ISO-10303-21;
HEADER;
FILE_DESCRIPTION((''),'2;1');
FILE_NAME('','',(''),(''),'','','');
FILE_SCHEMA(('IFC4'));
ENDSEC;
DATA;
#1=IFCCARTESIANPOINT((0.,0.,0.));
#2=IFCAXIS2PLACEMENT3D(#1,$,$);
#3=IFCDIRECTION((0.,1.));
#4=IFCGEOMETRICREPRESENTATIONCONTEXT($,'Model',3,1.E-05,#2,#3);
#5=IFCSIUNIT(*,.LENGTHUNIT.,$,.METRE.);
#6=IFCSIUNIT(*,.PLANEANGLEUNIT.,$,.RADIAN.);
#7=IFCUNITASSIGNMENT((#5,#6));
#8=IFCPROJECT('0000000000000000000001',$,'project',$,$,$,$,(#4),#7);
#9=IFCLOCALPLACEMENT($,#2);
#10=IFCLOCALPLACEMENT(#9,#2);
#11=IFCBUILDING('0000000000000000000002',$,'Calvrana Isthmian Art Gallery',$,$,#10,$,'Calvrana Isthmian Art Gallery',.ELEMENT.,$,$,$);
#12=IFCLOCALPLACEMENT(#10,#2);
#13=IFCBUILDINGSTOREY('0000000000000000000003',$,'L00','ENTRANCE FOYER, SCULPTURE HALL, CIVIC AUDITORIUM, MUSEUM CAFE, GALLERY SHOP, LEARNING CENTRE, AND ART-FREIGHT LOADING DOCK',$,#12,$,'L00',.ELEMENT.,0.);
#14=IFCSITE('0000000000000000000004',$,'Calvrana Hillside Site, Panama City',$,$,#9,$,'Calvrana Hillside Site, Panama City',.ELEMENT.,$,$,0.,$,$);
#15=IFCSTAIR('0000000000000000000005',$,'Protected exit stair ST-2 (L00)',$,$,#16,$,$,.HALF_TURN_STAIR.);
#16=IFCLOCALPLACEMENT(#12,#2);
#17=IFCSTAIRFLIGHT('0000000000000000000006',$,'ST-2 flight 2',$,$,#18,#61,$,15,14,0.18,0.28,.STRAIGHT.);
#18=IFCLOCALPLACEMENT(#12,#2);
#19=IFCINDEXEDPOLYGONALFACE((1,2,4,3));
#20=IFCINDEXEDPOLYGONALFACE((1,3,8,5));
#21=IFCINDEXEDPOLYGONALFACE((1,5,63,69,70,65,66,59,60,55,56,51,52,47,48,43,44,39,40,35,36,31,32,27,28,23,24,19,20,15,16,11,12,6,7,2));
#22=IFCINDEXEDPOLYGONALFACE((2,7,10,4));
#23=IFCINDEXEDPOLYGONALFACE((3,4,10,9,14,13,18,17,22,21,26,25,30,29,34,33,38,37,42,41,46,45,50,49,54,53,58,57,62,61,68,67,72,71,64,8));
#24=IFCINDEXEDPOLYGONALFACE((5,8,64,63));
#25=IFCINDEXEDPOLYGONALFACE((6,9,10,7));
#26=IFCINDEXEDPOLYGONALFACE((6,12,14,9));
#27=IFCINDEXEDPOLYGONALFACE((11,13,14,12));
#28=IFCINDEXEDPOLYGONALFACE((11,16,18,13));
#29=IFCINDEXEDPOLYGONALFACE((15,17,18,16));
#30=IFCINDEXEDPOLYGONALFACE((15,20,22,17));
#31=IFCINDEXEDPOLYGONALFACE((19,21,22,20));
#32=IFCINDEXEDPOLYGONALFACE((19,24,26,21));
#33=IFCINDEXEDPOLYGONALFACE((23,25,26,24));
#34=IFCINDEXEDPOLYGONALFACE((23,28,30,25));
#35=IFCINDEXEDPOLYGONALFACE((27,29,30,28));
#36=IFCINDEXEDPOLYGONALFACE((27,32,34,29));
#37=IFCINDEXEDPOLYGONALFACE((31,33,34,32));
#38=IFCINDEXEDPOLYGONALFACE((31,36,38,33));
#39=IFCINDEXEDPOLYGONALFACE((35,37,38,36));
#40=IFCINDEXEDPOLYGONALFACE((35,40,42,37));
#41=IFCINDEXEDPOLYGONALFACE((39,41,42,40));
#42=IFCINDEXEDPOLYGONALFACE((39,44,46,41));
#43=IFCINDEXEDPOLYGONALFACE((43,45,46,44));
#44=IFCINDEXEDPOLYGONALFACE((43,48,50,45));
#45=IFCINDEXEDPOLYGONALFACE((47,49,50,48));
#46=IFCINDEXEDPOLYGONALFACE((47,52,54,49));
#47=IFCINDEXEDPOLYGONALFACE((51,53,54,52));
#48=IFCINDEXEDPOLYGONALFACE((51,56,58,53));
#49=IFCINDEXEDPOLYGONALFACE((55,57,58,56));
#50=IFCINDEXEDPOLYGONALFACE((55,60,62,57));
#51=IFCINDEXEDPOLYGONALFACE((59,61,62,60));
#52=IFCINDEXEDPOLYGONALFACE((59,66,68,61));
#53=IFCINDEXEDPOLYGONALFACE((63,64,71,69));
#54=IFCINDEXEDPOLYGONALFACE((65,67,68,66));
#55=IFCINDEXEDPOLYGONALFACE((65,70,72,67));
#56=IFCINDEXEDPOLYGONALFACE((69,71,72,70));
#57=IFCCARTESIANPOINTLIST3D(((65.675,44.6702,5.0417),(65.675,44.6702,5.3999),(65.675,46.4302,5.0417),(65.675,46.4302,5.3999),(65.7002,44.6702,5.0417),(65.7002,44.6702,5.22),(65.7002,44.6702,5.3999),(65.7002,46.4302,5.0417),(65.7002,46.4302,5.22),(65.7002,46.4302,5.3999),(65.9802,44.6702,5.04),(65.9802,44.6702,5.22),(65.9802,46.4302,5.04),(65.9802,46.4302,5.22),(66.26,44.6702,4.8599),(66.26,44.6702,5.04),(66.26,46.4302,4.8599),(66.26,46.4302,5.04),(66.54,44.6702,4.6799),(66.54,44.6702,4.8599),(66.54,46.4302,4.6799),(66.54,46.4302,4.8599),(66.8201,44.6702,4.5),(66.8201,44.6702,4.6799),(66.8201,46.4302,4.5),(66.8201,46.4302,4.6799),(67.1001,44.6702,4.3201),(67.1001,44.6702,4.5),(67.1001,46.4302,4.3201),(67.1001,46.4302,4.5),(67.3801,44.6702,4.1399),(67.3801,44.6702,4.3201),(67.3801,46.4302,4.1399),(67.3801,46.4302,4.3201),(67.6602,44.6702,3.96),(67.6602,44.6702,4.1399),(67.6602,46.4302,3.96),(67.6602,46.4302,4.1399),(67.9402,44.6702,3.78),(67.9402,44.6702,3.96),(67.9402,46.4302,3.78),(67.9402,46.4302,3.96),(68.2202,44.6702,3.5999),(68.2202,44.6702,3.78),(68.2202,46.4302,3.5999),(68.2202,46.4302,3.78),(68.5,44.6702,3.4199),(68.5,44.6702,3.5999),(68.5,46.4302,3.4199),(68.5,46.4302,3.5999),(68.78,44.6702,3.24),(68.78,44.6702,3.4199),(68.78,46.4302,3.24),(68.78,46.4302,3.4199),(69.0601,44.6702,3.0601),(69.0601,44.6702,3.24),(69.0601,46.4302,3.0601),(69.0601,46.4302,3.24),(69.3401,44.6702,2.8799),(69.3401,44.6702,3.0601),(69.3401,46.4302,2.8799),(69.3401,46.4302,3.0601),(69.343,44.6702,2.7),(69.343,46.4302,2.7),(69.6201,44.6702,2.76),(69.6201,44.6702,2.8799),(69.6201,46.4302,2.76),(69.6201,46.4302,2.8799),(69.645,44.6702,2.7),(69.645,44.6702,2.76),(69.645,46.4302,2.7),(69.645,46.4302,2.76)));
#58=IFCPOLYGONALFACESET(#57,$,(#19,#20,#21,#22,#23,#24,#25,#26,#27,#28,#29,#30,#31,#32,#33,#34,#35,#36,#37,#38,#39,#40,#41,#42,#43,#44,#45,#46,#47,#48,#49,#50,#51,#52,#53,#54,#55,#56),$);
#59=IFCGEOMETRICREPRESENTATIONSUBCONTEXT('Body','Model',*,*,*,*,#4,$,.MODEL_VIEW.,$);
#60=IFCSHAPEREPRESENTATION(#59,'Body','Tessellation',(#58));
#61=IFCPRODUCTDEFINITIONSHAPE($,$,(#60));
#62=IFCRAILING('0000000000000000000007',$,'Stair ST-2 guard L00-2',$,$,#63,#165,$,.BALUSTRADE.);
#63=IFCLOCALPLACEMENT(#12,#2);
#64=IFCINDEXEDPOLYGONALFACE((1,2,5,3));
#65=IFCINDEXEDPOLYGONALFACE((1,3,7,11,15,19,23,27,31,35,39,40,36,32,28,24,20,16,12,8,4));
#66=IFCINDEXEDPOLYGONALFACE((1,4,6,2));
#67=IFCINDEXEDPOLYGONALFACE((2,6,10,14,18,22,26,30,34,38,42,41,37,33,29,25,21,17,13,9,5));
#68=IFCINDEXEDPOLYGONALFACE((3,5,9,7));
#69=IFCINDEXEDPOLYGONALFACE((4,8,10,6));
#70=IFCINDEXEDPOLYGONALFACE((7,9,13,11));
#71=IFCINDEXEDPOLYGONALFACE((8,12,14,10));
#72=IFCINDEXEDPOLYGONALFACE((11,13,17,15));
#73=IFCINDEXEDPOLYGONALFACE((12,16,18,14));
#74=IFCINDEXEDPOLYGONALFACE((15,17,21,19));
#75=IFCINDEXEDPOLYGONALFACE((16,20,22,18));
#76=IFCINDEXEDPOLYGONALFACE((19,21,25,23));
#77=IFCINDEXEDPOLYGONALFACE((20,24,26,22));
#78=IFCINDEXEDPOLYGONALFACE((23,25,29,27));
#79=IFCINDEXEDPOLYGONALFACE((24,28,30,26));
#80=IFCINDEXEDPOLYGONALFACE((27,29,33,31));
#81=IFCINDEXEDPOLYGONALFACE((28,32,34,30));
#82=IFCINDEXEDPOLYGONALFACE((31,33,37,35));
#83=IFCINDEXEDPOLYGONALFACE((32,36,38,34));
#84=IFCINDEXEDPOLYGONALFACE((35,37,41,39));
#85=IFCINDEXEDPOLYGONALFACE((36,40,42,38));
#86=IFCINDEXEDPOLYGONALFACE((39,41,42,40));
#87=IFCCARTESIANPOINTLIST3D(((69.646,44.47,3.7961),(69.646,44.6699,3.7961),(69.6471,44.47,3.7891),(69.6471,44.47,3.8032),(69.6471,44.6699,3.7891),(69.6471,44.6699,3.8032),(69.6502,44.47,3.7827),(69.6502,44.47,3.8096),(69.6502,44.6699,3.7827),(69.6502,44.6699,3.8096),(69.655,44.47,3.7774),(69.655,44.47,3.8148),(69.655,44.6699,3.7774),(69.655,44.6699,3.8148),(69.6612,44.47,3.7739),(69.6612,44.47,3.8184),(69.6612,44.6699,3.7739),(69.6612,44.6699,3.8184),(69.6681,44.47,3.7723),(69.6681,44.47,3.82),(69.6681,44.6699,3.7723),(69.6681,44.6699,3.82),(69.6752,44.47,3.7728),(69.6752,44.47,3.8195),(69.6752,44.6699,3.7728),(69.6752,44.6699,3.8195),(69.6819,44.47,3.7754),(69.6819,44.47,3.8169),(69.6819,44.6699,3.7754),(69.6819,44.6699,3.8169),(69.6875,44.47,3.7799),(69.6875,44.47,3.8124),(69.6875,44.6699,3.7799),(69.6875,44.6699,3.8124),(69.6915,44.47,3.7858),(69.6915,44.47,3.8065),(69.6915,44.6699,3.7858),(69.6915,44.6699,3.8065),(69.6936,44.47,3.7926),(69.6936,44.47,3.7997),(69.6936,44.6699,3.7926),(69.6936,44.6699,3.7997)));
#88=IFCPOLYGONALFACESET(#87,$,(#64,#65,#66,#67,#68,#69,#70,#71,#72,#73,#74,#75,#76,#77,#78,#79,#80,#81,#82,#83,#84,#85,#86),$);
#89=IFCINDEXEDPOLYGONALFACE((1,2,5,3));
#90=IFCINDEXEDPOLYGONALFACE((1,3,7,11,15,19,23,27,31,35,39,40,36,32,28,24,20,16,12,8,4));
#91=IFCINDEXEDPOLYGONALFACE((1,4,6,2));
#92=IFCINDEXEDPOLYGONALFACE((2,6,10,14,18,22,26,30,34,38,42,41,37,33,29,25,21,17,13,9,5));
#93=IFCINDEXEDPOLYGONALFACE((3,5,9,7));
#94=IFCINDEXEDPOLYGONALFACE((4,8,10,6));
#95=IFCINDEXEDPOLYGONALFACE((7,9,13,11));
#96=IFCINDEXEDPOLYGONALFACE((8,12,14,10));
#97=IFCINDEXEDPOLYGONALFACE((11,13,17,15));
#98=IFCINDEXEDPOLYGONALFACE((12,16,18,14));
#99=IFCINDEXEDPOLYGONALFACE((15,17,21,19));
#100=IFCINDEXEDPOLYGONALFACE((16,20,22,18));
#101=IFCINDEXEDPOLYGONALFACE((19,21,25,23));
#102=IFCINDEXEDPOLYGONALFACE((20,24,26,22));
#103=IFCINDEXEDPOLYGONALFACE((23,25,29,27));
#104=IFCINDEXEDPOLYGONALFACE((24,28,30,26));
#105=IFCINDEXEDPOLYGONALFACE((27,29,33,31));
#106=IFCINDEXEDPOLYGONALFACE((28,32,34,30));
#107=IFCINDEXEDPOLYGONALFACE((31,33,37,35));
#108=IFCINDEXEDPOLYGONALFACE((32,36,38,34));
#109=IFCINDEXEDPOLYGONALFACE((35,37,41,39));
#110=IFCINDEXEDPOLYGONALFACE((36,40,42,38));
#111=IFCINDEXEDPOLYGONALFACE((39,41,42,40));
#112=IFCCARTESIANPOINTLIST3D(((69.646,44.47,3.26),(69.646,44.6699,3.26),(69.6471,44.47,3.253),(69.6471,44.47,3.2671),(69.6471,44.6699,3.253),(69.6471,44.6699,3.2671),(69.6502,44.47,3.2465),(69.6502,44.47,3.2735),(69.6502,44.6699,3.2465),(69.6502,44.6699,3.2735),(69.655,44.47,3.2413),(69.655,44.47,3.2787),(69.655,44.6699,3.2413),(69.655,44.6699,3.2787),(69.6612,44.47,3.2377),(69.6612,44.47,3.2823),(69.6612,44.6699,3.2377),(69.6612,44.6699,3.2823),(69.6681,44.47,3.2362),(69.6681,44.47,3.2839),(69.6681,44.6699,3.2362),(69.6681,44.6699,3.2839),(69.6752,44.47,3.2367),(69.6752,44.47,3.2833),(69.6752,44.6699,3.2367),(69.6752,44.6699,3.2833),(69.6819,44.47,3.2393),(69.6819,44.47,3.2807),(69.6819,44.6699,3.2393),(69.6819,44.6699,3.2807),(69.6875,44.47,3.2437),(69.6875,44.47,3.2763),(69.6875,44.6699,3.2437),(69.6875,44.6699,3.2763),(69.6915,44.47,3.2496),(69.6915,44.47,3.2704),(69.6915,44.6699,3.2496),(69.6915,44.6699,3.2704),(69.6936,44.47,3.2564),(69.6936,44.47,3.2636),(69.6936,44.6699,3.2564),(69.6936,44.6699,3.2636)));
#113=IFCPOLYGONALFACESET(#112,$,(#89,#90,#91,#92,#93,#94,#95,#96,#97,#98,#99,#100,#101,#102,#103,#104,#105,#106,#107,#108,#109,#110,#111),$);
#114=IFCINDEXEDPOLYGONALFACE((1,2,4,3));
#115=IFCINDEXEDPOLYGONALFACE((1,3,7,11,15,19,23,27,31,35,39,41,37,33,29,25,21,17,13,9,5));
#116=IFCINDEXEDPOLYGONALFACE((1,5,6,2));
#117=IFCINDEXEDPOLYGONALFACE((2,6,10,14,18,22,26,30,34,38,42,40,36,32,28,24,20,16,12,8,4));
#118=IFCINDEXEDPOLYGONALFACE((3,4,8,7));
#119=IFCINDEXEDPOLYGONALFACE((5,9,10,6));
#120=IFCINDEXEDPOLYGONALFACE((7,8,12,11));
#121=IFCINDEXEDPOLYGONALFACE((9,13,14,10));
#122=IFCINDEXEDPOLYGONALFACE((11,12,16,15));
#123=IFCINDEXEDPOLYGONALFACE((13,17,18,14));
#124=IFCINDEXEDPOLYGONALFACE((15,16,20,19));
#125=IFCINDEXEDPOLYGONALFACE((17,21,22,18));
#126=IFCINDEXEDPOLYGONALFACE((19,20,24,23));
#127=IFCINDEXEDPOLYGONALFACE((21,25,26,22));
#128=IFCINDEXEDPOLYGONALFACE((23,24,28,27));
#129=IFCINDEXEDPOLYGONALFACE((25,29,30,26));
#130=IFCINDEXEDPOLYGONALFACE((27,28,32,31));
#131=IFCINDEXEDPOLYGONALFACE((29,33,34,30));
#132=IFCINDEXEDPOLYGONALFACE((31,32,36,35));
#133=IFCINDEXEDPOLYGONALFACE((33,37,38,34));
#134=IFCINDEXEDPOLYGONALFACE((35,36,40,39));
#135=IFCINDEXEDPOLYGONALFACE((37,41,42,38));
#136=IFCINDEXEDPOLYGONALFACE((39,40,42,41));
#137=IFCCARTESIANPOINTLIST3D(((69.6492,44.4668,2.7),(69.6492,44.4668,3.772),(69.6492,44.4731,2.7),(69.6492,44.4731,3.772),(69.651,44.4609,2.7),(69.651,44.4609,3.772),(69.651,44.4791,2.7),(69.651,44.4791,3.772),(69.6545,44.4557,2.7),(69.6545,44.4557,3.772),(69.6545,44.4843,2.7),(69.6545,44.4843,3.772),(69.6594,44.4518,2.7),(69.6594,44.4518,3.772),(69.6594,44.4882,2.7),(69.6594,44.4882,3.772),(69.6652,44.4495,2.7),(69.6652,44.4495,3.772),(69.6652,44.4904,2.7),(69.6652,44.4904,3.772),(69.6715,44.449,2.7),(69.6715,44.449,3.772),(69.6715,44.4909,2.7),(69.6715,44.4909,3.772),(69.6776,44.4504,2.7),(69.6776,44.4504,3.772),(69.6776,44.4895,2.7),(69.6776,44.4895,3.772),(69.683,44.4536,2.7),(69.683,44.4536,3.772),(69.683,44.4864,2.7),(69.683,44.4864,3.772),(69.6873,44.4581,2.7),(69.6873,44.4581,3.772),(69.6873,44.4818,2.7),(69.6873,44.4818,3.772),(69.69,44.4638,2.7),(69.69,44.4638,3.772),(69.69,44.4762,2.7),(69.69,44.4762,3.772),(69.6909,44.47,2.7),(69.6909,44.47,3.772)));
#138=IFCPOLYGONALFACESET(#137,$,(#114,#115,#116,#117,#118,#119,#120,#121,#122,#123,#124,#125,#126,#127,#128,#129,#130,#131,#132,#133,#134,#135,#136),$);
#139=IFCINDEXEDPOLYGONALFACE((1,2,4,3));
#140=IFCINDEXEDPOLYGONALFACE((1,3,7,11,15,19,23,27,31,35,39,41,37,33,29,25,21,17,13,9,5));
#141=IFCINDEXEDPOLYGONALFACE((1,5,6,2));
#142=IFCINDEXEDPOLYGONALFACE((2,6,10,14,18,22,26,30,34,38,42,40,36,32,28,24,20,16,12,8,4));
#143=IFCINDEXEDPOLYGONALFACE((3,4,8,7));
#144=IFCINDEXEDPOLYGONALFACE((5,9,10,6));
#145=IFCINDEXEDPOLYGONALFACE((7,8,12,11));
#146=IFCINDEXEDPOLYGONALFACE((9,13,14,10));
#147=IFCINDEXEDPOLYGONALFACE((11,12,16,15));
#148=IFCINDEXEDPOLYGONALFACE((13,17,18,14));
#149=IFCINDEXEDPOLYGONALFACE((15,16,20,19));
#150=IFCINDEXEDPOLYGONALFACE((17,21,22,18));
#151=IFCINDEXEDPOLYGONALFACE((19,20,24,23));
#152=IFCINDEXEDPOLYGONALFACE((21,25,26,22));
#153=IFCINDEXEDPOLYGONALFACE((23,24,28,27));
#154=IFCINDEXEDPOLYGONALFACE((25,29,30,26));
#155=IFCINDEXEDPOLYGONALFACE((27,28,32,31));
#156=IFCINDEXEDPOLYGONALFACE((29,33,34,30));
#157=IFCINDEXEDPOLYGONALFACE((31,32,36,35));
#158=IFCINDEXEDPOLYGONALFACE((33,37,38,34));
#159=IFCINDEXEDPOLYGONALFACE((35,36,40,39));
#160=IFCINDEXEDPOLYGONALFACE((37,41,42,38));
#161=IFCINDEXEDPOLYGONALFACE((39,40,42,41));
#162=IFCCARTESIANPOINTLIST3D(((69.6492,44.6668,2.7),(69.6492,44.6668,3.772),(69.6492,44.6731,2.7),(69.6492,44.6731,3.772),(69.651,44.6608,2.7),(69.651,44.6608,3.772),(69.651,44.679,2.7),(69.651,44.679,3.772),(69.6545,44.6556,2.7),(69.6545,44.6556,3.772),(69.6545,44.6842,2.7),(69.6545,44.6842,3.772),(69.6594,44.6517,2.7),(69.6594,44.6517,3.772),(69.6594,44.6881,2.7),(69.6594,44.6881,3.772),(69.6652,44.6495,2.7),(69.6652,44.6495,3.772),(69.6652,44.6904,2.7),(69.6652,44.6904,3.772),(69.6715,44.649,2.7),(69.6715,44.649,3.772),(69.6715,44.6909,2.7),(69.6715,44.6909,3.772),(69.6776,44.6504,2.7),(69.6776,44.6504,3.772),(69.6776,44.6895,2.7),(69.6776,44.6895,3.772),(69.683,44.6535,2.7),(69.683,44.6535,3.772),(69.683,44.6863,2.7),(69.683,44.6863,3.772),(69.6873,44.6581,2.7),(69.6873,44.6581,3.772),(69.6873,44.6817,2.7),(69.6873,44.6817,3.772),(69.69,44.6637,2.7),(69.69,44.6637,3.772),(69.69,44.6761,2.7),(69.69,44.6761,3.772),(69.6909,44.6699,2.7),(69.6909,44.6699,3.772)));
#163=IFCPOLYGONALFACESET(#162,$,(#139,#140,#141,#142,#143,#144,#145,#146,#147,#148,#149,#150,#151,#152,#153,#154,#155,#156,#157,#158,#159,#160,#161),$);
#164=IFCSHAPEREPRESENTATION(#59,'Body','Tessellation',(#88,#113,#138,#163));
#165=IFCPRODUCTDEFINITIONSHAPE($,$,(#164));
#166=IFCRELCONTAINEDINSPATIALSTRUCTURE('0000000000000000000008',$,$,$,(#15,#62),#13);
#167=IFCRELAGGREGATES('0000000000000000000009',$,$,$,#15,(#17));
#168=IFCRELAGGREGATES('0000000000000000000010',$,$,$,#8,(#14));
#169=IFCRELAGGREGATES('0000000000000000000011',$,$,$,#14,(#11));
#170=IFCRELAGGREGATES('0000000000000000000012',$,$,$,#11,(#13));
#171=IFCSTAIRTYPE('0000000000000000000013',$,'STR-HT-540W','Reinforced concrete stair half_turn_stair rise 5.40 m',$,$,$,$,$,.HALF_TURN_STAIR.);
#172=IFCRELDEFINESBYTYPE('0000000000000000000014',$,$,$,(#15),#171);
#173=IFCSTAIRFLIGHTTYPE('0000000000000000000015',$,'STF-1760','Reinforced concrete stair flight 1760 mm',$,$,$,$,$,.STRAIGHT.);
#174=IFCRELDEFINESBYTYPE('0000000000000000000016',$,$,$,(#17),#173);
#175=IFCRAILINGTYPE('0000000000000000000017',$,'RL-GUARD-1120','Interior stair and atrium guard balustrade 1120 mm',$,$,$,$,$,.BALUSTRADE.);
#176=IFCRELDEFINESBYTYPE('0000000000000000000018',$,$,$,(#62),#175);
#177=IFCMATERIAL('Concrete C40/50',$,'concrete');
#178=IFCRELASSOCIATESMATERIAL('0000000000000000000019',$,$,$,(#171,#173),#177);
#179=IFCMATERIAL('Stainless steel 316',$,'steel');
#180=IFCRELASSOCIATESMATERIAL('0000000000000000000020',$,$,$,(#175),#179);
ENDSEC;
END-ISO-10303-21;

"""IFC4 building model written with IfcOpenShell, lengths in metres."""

from ifc_helpers import new_model, si_unit, direction, frame, origin, origin_2d, place, context, subcontext, project, spatial, polyline, circle, outline, extrude, material, type_object, element, aggregate, save


model = new_model("IFC4")

# Units and contexts
model_context = context("Model", 3, precision=1e-05, world=origin(), true_north=direction((0.0, 1.0)))
body_context = subcontext(model_context, "Body", "Model", "MODEL_VIEW")
ifc_project = project(units=[si_unit("LENGTHUNIT", "METRE"), si_unit("PLANEANGLEUNIT", "RADIAN")], contexts=[model_context])

# Site, building, storey
site_placement = place(None, origin())
site = spatial("IfcSite", under=ifc_project, at=site_placement, Name="Calvrana Hillside Site, Panama City", LongName="Calvrana Hillside Site, Panama City", CompositionType="ELEMENT", RefElevation=0.0)
building_placement = place(site_placement, origin())
building = spatial("IfcBuilding", under=site, at=building_placement, Name="Calvrana Isthmian Art Gallery", LongName="Calvrana Isthmian Art Gallery", CompositionType="ELEMENT")
storey_placement = place(building_placement, origin())
storey = spatial("IfcBuildingStorey", under=building, at=storey_placement, Name="L00", Description="ENTRANCE FOYER, SCULPTURE HALL, CIVIC AUDITORIUM, MUSEUM CAFE, GALLERY SHOP, LEARNING CENTRE, AND ART-FREIGHT LOADING DOCK", LongName="L00", CompositionType="ELEMENT", Elevation=0.0)

# Shared definitions
ifc_material_1 = material(Name="Concrete C40/50", Category="concrete")

# Shared definitions
ifc_material_2 = material(Name="Stainless steel 316", Category="steel")

# Stair, stair flight
stair_type = type_object("IfcStairType", Name="STR-HT-540W", Description="Reinforced concrete stair half_turn_stair rise 5.40 m", PredefinedType="HALF_TURN_STAIR", material=ifc_material_1)
stair_placement = place(storey_placement, origin())
stair = element("IfcStair", 1, at=stair_placement, inside=storey, type_object=stair_type, Name="Protected exit stair ST-2 (L00)", PredefinedType="HALF_TURN_STAIR")
stair_flight_type = type_object("IfcStairFlightType", Name="STF-1760", Description="Reinforced concrete stair flight 1760 mm", PredefinedType="STRAIGHT", material=ifc_material_1)
stair_flight_placement = place(storey_placement, frame((69.6201, 45.55, 2.7), z_axis=(0.0, 0.0, 1.0), x_axis=(-1.0, 0.0, 0.0)))
stair_flight = element("IfcStairFlight", 2, at=stair_flight_placement, type_object=stair_flight_type, Name="ST-2 flight 2", NumberOfRisers=15, NumberOfTreads=14, PredefinedType="STRAIGHT", RiserHeight=0.18, TreadLength=0.28, context=body_context, shape_type="SweptSolid", body=[
    extrude(outline(polyline([(-0.0249, 0.0), (-0.0249, 0.0601), (0.0, 0.0601), (0.0, 0.1799), (0.28, 0.1799), (0.28, 0.3601), (0.5601, 0.3601), (0.5601, 0.54), (0.8401, 0.54), (0.8401, 0.72), (1.1201, 0.72), (1.1201, 0.8999), (1.3999, 0.8999), (1.3999, 1.0801), (1.6799, 1.0801), (1.6799, 1.26), (1.96, 1.26), (1.96, 1.4399), (2.24, 1.4399), (2.24, 1.6201), (2.52, 1.6201), (2.52, 1.8), (2.8, 1.8), (2.8, 1.98), (3.0801, 1.98), (3.0801, 2.1599), (3.3601, 2.1599), (3.3601, 2.3401), (3.6399, 2.3401), (3.6399, 2.52), (3.9199, 2.52), (3.9199, 2.7), (3.9451, 2.7), (3.9451, 2.3418), (3.9199, 2.3418), (0.2771, 0.0), (-0.0249, 0.0)])), frame((0.0, 0.8799, 0.0), z_axis=(0.0, -1.0, 0.0), x_axis=(1.0, 0.0, 0.0)), (0.0, 0.0, 1.0), 1.76),
])
aggregate(stair, [stair_flight])

# Railing
railing_type_1 = type_object("IfcRailingType", Name="RL-GUARD-1120", Description="Interior stair and atrium guard balustrade 1120 mm", PredefinedType="BALUSTRADE", material=ifc_material_2)
railing_1_placement = place(storey_placement, frame((69.6699, 44.47, 2.7)))
element("IfcRailing", 3, at=railing_1_placement, inside=storey, type_object=railing_type_1, Name="Stair ST-2 guard L00-2", PredefinedType="BALUSTRADE", context=body_context, shape_type="SweptSolid", body=[
    extrude(circle(Radius=0.0239, at=origin_2d()), frame((0.0, 0.0, 1.0962), z_axis=(0.0, 1.0, 0.0), x_axis=(-1.0, 0.0, 0.0)), (0.0, 0.0, 1.0), 0.2),
    extrude(circle(Radius=0.0239, at=origin_2d()), frame((0.0, 0.0, 0.5601), z_axis=(0.0, 1.0, 0.0), x_axis=(-1.0, 0.0, 0.0)), (0.0, 0.0, 1.0), 0.2),
    extrude(circle(Radius=0.021, at=origin_2d()), origin(), (0.0, 0.0, 1.0), 1.072),
    extrude(circle(Radius=0.021, at=origin_2d()), frame((0.0, 0.2, 0.0)), (0.0, 0.0, 1.0), 1.072),
])

save(model, "model.ifc")
